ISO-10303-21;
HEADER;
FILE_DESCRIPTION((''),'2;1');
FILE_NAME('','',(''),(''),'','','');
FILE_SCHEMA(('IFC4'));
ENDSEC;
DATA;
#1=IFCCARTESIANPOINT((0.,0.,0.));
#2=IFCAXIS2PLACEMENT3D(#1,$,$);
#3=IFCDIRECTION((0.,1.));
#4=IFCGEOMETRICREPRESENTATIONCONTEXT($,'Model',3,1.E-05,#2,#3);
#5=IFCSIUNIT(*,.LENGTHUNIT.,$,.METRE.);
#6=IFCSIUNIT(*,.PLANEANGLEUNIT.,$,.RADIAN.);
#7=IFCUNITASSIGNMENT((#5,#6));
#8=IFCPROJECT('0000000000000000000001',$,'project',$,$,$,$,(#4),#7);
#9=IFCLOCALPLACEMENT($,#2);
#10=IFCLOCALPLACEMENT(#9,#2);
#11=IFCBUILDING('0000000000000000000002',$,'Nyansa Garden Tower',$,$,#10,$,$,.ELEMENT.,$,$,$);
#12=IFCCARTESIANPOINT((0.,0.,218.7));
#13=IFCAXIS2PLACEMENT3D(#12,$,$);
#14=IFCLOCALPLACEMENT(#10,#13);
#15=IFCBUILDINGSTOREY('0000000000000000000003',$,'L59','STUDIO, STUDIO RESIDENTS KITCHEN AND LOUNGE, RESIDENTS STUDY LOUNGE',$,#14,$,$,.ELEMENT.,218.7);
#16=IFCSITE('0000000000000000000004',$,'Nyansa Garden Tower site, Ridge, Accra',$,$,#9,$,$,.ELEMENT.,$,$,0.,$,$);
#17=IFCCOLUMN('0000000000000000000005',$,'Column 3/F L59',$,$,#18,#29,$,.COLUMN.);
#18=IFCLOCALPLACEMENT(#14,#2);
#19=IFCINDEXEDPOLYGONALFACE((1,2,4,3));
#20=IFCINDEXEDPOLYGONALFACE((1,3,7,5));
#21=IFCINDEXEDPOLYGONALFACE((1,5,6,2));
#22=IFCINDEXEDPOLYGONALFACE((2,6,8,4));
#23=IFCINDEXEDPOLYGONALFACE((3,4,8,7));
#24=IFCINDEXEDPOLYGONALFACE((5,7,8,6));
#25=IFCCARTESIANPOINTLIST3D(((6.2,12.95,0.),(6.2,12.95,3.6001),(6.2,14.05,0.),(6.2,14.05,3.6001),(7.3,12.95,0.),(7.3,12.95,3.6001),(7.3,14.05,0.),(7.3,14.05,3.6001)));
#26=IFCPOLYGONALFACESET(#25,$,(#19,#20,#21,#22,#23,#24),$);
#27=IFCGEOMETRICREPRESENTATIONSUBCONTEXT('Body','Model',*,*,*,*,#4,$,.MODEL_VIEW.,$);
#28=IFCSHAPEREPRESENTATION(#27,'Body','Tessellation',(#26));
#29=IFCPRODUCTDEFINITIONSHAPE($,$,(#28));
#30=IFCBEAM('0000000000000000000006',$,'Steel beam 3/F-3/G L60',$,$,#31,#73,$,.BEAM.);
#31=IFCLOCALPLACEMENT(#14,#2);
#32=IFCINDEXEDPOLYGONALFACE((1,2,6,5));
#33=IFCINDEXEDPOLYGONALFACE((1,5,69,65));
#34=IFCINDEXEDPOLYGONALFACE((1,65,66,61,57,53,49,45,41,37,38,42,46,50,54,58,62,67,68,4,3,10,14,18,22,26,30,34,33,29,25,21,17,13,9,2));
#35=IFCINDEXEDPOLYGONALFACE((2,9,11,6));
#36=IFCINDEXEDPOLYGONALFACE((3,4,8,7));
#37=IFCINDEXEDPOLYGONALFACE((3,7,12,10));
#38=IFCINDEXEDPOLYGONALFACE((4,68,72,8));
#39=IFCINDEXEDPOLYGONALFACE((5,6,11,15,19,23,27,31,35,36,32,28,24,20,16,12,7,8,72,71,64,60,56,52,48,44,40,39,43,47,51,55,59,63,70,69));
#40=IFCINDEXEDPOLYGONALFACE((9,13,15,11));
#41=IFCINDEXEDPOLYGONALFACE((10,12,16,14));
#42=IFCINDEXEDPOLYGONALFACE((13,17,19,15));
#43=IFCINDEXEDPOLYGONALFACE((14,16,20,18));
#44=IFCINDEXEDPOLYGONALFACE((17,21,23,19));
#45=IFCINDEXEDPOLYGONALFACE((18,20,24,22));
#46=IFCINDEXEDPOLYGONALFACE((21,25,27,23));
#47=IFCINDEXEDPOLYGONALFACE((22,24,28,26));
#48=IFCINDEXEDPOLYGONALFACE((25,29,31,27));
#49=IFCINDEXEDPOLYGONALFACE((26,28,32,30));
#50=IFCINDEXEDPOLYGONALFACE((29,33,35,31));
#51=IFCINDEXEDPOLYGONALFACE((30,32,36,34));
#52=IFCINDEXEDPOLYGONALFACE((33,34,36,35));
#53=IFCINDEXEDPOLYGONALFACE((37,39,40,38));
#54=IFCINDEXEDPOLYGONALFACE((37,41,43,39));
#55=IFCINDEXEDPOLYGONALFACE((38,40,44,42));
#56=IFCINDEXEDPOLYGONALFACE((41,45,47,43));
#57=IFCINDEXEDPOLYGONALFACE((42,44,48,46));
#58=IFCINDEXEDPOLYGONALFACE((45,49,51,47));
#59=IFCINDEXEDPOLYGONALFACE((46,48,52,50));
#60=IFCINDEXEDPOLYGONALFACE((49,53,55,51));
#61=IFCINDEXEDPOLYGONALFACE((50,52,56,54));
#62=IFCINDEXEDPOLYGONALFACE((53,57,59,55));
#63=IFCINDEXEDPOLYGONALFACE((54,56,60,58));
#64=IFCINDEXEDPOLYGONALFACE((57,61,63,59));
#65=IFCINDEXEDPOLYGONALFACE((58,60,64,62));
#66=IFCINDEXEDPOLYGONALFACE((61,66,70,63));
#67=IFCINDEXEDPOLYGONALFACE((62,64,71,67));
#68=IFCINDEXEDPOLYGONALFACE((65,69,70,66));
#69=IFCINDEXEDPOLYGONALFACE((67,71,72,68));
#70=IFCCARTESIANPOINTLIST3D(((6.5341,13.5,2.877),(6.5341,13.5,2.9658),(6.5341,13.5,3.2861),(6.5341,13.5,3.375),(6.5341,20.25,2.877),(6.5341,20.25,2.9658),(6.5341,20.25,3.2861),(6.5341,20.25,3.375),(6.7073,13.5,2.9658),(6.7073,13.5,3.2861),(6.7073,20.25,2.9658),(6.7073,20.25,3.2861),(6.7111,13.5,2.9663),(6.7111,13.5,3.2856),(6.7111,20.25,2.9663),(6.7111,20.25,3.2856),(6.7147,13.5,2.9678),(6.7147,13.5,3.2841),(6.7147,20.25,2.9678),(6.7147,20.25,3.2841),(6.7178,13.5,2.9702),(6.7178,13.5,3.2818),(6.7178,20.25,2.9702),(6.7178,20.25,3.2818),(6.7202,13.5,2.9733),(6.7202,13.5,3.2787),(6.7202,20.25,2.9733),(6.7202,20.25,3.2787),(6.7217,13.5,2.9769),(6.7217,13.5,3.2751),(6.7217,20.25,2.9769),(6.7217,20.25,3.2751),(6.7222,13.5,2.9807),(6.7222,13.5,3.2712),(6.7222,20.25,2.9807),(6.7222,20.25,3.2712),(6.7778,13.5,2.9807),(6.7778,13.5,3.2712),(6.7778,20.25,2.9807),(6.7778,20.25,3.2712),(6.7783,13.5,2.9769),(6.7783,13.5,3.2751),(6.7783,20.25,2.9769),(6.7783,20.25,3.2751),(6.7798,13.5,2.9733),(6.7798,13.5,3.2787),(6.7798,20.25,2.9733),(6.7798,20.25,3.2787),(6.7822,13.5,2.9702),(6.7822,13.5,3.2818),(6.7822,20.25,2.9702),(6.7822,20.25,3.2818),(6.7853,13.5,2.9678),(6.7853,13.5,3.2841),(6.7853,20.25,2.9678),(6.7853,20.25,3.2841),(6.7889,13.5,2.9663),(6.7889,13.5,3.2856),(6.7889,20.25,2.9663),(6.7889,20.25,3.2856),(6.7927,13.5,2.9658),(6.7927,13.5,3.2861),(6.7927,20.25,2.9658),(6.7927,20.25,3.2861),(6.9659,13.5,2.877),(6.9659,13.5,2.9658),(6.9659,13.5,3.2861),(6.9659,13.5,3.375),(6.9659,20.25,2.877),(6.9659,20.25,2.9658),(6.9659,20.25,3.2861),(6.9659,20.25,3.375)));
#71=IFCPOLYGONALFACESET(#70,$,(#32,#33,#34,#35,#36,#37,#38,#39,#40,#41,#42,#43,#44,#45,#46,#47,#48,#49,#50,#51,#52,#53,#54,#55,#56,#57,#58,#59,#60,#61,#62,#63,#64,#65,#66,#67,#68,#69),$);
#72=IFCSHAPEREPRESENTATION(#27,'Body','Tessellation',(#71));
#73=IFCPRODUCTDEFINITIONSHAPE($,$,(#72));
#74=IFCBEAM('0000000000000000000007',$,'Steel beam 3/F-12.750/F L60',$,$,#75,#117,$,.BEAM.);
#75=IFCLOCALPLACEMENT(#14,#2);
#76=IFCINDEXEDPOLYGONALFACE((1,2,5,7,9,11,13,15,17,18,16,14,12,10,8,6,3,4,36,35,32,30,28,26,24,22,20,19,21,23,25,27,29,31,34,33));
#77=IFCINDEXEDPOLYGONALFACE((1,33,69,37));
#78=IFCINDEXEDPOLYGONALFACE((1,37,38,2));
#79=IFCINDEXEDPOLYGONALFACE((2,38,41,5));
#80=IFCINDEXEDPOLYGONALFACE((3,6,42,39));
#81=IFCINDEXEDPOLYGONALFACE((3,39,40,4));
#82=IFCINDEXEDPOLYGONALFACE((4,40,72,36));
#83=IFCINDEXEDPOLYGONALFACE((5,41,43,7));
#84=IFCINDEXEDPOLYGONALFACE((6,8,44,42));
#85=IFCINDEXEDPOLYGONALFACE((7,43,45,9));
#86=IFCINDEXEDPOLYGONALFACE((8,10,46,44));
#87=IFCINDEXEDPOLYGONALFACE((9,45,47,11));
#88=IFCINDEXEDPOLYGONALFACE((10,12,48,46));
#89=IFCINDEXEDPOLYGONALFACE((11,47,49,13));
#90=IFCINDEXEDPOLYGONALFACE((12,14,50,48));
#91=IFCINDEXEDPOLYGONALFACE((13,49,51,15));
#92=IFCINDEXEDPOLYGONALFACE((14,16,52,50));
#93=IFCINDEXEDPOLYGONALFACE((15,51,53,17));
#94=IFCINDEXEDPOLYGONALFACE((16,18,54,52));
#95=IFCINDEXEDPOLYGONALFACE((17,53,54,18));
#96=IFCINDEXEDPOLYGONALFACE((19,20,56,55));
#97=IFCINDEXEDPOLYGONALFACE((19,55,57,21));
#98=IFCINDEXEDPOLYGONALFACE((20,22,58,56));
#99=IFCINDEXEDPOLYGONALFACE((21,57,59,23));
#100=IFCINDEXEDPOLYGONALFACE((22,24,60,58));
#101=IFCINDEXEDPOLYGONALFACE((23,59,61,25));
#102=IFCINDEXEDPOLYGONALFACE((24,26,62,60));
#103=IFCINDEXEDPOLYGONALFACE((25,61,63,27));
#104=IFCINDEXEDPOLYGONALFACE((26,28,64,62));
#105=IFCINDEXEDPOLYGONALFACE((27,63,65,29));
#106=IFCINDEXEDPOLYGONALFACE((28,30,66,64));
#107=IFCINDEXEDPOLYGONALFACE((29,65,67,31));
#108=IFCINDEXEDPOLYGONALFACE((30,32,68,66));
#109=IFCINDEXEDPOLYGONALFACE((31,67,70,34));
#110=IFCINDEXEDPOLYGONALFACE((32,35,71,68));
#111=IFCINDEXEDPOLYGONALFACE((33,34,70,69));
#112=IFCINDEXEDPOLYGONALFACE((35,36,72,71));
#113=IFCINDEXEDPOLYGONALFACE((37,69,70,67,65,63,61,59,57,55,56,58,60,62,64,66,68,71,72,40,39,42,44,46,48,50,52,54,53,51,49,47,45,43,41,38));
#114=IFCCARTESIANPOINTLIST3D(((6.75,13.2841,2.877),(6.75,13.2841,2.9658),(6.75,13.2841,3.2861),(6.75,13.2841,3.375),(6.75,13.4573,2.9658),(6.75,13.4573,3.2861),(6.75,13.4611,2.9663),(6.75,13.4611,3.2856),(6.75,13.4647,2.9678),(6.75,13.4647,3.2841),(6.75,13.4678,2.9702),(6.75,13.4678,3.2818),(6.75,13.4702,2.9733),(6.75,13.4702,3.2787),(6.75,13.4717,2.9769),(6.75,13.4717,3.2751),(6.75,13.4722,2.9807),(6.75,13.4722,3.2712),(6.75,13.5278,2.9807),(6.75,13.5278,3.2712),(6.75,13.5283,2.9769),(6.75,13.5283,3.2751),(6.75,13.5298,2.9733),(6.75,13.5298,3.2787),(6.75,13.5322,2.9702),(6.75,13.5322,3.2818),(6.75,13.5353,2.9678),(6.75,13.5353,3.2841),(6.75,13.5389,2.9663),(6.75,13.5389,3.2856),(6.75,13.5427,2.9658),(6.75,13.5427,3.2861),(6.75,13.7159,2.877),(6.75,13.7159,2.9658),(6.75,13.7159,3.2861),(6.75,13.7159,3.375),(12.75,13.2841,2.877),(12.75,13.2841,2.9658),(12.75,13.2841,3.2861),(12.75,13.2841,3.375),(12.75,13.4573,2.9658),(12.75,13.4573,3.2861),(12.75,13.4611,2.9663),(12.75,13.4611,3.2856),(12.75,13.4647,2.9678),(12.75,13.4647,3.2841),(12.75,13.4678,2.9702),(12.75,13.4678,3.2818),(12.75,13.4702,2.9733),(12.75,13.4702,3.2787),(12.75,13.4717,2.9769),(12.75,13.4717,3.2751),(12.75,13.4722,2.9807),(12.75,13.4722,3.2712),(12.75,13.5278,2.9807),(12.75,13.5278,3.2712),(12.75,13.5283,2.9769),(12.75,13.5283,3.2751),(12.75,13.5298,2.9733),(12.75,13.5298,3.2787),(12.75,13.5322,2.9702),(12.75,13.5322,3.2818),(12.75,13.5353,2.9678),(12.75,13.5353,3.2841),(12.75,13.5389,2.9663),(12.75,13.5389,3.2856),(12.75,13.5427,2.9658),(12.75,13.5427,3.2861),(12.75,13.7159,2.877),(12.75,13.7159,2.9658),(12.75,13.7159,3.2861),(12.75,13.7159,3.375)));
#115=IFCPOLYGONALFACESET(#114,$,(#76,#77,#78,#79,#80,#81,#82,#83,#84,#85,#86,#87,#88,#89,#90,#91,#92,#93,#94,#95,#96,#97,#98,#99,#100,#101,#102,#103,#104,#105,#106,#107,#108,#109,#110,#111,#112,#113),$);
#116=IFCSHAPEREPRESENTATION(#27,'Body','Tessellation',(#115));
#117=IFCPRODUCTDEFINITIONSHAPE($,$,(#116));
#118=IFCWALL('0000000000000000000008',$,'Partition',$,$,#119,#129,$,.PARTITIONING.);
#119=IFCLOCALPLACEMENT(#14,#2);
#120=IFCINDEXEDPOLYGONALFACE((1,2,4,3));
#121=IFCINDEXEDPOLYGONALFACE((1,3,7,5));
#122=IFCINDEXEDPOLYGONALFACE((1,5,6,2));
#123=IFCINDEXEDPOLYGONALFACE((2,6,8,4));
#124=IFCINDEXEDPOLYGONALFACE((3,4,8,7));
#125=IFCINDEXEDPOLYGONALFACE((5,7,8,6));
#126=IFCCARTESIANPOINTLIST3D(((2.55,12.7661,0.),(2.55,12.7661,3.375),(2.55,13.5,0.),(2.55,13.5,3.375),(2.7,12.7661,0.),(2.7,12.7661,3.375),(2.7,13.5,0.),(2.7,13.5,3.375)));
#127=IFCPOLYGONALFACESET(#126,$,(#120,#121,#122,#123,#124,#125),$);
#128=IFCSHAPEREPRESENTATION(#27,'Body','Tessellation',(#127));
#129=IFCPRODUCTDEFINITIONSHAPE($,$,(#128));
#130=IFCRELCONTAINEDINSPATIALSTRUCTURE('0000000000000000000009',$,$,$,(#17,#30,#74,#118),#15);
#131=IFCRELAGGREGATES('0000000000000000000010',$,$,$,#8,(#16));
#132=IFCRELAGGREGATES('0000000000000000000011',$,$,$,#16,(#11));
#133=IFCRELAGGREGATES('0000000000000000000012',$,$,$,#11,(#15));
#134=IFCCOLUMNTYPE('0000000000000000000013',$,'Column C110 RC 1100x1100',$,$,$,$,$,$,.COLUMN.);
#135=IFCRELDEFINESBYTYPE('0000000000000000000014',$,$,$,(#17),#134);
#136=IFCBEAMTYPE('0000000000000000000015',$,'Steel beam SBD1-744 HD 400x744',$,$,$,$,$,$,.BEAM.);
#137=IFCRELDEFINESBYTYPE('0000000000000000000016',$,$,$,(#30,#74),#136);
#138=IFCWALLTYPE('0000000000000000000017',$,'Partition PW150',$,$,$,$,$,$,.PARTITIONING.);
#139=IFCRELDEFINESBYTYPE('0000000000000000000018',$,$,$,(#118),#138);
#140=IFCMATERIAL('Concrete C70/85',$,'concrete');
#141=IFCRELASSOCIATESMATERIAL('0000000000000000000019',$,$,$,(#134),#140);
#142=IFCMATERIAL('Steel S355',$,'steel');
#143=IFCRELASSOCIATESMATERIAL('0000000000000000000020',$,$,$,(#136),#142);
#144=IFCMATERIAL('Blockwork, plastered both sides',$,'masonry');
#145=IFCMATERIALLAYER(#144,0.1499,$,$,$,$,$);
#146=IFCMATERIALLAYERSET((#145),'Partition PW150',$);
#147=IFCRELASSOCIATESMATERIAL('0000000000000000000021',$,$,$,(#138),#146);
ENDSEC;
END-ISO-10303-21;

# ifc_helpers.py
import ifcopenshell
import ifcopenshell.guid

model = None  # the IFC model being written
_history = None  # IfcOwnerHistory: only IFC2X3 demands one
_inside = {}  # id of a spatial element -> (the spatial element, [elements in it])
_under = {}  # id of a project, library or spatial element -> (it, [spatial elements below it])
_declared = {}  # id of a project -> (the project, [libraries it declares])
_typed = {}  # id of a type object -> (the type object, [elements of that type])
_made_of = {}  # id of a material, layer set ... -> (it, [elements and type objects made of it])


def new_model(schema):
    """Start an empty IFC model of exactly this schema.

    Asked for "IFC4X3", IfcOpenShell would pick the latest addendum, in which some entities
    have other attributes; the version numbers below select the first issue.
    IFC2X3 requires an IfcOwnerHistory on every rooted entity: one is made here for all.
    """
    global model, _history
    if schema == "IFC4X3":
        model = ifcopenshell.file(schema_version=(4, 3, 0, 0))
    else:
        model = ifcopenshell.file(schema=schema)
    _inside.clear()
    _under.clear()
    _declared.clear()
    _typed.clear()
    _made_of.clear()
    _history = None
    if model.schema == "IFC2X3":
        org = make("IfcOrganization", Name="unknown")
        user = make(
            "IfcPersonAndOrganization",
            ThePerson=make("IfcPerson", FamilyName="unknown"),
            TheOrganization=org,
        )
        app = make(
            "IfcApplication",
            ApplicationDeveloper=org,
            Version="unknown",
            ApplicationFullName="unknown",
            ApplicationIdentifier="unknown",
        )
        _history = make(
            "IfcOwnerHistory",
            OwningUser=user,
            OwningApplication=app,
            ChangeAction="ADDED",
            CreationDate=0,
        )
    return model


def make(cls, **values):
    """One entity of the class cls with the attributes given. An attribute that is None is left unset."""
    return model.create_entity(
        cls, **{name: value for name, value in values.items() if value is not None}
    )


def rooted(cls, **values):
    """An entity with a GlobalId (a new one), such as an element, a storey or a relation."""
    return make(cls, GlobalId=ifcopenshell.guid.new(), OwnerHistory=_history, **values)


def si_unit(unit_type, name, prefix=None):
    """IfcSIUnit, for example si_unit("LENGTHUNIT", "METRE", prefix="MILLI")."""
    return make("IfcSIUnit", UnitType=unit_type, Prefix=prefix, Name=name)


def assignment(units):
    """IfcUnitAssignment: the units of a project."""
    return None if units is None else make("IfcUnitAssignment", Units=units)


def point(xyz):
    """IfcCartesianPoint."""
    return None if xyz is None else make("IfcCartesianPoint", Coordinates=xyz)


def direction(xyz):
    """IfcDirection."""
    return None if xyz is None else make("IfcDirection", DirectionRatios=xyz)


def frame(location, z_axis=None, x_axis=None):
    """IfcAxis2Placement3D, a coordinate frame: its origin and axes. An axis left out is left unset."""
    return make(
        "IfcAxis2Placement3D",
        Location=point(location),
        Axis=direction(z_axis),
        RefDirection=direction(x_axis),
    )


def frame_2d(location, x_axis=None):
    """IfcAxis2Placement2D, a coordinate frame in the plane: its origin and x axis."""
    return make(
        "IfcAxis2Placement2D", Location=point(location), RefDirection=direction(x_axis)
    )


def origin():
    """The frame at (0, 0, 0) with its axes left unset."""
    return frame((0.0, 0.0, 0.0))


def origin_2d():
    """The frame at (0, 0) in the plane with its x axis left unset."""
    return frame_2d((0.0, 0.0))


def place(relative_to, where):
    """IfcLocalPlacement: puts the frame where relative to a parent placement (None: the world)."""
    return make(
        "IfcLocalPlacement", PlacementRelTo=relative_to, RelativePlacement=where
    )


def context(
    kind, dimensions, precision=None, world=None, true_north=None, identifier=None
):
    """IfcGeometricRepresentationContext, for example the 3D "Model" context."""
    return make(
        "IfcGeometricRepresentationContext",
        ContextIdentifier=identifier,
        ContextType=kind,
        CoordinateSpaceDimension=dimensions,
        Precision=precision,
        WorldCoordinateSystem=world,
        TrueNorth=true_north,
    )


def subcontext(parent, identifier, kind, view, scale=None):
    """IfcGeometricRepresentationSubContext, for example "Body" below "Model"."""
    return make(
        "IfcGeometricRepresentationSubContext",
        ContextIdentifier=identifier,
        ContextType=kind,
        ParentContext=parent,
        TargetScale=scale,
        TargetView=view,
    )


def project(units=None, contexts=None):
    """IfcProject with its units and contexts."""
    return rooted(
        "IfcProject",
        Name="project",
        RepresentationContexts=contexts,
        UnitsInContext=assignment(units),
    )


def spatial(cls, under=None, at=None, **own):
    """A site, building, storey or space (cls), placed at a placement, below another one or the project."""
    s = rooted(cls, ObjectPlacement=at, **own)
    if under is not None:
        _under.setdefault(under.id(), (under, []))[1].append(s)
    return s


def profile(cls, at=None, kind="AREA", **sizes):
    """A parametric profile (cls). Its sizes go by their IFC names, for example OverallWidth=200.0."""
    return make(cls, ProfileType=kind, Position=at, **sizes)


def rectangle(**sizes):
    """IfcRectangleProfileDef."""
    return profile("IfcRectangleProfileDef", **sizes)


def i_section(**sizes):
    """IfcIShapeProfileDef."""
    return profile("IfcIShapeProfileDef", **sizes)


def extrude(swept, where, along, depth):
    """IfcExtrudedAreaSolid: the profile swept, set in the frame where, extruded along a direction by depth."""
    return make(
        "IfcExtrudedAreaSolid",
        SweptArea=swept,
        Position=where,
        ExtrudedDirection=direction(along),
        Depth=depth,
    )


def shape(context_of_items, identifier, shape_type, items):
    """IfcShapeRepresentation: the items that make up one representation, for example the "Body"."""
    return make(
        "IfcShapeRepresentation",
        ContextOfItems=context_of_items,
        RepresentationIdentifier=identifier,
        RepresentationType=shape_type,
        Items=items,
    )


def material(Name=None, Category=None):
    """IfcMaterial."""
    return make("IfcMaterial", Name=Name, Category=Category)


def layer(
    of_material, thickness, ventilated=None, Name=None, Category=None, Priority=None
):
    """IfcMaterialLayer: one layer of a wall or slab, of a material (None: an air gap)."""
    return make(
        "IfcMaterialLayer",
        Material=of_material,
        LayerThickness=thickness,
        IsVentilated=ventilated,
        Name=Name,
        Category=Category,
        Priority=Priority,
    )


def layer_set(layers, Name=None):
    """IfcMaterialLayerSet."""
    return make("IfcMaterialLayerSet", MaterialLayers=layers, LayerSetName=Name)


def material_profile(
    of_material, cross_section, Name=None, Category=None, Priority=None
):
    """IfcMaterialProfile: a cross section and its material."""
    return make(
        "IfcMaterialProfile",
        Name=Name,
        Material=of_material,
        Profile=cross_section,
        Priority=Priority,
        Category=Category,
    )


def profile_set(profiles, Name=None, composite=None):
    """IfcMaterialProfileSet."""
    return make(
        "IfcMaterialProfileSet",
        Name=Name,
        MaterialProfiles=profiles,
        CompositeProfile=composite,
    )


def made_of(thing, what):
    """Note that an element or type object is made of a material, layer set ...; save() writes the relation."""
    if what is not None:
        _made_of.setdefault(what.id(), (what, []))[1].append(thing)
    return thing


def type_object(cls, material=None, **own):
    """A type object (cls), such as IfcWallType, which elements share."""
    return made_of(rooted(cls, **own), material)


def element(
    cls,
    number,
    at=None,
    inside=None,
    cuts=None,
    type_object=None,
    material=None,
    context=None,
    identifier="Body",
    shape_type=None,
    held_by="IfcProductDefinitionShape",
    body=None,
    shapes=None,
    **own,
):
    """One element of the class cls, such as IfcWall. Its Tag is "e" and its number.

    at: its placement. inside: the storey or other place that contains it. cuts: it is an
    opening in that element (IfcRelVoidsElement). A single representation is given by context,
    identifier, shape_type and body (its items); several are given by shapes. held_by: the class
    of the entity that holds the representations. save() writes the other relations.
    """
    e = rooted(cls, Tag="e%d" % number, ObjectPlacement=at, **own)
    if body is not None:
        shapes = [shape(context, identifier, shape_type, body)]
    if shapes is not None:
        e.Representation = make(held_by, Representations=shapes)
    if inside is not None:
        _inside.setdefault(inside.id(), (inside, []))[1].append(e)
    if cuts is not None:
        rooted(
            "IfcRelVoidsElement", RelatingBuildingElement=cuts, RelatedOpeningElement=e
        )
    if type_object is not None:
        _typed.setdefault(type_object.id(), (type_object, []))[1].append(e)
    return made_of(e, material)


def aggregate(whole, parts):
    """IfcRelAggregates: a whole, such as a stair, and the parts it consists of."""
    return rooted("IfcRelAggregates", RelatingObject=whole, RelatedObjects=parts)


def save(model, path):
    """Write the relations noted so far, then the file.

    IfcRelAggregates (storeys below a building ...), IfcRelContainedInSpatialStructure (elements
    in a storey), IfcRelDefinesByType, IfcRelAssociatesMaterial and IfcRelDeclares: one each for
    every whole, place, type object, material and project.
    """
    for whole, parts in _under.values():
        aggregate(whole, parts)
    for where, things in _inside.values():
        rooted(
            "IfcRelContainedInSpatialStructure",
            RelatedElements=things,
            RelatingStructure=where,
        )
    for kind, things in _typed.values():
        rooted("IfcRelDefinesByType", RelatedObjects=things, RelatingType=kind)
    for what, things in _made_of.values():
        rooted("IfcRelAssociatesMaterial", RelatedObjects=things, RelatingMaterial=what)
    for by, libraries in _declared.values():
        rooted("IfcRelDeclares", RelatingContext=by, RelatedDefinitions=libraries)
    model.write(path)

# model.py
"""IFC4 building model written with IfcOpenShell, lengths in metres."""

from ifc_helpers import new_model, si_unit, direction, frame, frame_2d, origin, origin_2d, place, context, subcontext, project, spatial, rectangle, i_section, extrude, material, layer, layer_set, material_profile, profile_set, type_object, element, save


model = new_model("IFC4")

# Units and contexts
model_context = context("Model", 3, precision=1e-05, world=origin(), true_north=direction((0.0, 1.0)))
body_context = subcontext(model_context, "Body", "Model", "MODEL_VIEW")
ifc_project = project(units=[si_unit("LENGTHUNIT", "METRE"), si_unit("PLANEANGLEUNIT", "RADIAN")], contexts=[model_context])

# Site, building, storey
site_placement = place(None, origin())
site = spatial("IfcSite", under=ifc_project, at=site_placement, Name="Nyansa Garden Tower site, Ridge, Accra", CompositionType="ELEMENT", RefElevation=0.0)
building_placement = place(site_placement, origin())
building = spatial("IfcBuilding", under=site, at=building_placement, Name="Nyansa Garden Tower", CompositionType="ELEMENT")
storey_placement = place(building_placement, frame((0.0, 0.0, 218.7)))
storey = spatial("IfcBuildingStorey", under=building, at=storey_placement, Name="L59", Description="STUDIO, STUDIO RESIDENTS KITCHEN AND LOUNGE, RESIDENTS STUDY LOUNGE", CompositionType="ELEMENT", Elevation=218.7)

# Column
ifc_material_1 = material(Name="Concrete C70/85", Category="concrete")
ifc_material_profile_1 = material_profile(ifc_material_1, rectangle(XDim=1.1001, YDim=1.1001, at=origin_2d()), Name="RC 1100x1100")
ifc_profile_set_1 = profile_set([ifc_material_profile_1], Name="Concrete C70/85")
column_type = type_object("IfcColumnType", Name="Column C110 RC 1100x1100", PredefinedType="COLUMN", material=ifc_profile_set_1)
column_placement = place(storey_placement, frame((6.75, 13.5, 0.0), z_axis=(0.0, 0.0, 1.0), x_axis=(1.0, 0.0, 0.0)))
element("IfcColumn", 1, at=column_placement, inside=storey, type_object=column_type, Name="Column 3/F L59", PredefinedType="COLUMN", context=body_context, shape_type="SweptSolid", body=[
    extrude(rectangle(XDim=1.1001, YDim=1.1001, at=origin_2d()), origin(), (0.0, 0.0, 1.0), 3.6001),
])

# Beams
ifc_material_2 = material(Name="Steel S355", Category="steel")
ifc_material_profile_2 = material_profile(ifc_material_2, i_section(OverallWidth=0.4319, OverallDepth=0.498, WebThickness=0.0557, FlangeThickness=0.0889, FilletRadius=0.0149, at=origin_2d()), Name="HD 400x744")
ifc_profile_set_2 = profile_set([ifc_material_profile_2], Name="Steel S355")
beam_type = type_object("IfcBeamType", Name="Steel beam SBD1-744 HD 400x744", PredefinedType="BEAM", material=ifc_profile_set_2)
beam_1_placement = place(storey_placement, frame((6.75, 13.5, 3.126), z_axis=(0.0, 1.0, 0.0), x_axis=(-1.0, 0.0, 0.0)))
element("IfcBeam", 2, at=beam_1_placement, inside=storey, type_object=beam_type, Name="Steel beam 3/F-3/G L60", PredefinedType="BEAM", context=body_context, shape_type="SweptSolid", body=[
    extrude(i_section(OverallWidth=0.4319, OverallDepth=0.498, WebThickness=0.0557, FlangeThickness=0.0889, FilletRadius=0.0149, at=origin_2d()), origin(), (0.0, 0.0, 1.0), 6.75),
])
beam_2_placement = place(storey_placement, frame((6.75, 13.5, 3.126), z_axis=(1.0, 0.0, 0.0), x_axis=(0.0, 1.0, 0.0)))
element("IfcBeam", 3, at=beam_2_placement, inside=storey, type_object=beam_type, Name="Steel beam 3/F-12.750/F L60", PredefinedType="BEAM", context=body_context, shape_type="SweptSolid", body=[
    extrude(i_section(OverallWidth=0.4319, OverallDepth=0.498, WebThickness=0.0557, FlangeThickness=0.0889, FilletRadius=0.0149, at=origin_2d()), origin(), (0.0, 0.0, 1.0), 6.0),
])

# Wall
ifc_material_3 = material(Name="Blockwork, plastered both sides", Category="masonry")
ifc_layer = layer(ifc_material_3, 0.1499)
ifc_layer_set = layer_set([ifc_layer], Name="Partition PW150")
wall_type = type_object("IfcWallType", Name="Partition PW150", PredefinedType="PARTITIONING", material=ifc_layer_set)
wall_1_placement = place(storey_placement, frame((2.625, 12.7661, 0.0), z_axis=(0.0, 0.0, 1.0), x_axis=(0.0, 1.0, 0.0)))
element("IfcWall", 4, at=wall_1_placement, inside=storey, type_object=wall_type, Name="Partition", PredefinedType="PARTITIONING", context=body_context, shape_type="SweptSolid", body=[
    extrude(rectangle(XDim=0.7339, YDim=0.1499, at=frame_2d((0.3669, 0.0))), origin(), (0.0, 0.0, 1.0), 3.375),
])

save(model, "model.ifc")
